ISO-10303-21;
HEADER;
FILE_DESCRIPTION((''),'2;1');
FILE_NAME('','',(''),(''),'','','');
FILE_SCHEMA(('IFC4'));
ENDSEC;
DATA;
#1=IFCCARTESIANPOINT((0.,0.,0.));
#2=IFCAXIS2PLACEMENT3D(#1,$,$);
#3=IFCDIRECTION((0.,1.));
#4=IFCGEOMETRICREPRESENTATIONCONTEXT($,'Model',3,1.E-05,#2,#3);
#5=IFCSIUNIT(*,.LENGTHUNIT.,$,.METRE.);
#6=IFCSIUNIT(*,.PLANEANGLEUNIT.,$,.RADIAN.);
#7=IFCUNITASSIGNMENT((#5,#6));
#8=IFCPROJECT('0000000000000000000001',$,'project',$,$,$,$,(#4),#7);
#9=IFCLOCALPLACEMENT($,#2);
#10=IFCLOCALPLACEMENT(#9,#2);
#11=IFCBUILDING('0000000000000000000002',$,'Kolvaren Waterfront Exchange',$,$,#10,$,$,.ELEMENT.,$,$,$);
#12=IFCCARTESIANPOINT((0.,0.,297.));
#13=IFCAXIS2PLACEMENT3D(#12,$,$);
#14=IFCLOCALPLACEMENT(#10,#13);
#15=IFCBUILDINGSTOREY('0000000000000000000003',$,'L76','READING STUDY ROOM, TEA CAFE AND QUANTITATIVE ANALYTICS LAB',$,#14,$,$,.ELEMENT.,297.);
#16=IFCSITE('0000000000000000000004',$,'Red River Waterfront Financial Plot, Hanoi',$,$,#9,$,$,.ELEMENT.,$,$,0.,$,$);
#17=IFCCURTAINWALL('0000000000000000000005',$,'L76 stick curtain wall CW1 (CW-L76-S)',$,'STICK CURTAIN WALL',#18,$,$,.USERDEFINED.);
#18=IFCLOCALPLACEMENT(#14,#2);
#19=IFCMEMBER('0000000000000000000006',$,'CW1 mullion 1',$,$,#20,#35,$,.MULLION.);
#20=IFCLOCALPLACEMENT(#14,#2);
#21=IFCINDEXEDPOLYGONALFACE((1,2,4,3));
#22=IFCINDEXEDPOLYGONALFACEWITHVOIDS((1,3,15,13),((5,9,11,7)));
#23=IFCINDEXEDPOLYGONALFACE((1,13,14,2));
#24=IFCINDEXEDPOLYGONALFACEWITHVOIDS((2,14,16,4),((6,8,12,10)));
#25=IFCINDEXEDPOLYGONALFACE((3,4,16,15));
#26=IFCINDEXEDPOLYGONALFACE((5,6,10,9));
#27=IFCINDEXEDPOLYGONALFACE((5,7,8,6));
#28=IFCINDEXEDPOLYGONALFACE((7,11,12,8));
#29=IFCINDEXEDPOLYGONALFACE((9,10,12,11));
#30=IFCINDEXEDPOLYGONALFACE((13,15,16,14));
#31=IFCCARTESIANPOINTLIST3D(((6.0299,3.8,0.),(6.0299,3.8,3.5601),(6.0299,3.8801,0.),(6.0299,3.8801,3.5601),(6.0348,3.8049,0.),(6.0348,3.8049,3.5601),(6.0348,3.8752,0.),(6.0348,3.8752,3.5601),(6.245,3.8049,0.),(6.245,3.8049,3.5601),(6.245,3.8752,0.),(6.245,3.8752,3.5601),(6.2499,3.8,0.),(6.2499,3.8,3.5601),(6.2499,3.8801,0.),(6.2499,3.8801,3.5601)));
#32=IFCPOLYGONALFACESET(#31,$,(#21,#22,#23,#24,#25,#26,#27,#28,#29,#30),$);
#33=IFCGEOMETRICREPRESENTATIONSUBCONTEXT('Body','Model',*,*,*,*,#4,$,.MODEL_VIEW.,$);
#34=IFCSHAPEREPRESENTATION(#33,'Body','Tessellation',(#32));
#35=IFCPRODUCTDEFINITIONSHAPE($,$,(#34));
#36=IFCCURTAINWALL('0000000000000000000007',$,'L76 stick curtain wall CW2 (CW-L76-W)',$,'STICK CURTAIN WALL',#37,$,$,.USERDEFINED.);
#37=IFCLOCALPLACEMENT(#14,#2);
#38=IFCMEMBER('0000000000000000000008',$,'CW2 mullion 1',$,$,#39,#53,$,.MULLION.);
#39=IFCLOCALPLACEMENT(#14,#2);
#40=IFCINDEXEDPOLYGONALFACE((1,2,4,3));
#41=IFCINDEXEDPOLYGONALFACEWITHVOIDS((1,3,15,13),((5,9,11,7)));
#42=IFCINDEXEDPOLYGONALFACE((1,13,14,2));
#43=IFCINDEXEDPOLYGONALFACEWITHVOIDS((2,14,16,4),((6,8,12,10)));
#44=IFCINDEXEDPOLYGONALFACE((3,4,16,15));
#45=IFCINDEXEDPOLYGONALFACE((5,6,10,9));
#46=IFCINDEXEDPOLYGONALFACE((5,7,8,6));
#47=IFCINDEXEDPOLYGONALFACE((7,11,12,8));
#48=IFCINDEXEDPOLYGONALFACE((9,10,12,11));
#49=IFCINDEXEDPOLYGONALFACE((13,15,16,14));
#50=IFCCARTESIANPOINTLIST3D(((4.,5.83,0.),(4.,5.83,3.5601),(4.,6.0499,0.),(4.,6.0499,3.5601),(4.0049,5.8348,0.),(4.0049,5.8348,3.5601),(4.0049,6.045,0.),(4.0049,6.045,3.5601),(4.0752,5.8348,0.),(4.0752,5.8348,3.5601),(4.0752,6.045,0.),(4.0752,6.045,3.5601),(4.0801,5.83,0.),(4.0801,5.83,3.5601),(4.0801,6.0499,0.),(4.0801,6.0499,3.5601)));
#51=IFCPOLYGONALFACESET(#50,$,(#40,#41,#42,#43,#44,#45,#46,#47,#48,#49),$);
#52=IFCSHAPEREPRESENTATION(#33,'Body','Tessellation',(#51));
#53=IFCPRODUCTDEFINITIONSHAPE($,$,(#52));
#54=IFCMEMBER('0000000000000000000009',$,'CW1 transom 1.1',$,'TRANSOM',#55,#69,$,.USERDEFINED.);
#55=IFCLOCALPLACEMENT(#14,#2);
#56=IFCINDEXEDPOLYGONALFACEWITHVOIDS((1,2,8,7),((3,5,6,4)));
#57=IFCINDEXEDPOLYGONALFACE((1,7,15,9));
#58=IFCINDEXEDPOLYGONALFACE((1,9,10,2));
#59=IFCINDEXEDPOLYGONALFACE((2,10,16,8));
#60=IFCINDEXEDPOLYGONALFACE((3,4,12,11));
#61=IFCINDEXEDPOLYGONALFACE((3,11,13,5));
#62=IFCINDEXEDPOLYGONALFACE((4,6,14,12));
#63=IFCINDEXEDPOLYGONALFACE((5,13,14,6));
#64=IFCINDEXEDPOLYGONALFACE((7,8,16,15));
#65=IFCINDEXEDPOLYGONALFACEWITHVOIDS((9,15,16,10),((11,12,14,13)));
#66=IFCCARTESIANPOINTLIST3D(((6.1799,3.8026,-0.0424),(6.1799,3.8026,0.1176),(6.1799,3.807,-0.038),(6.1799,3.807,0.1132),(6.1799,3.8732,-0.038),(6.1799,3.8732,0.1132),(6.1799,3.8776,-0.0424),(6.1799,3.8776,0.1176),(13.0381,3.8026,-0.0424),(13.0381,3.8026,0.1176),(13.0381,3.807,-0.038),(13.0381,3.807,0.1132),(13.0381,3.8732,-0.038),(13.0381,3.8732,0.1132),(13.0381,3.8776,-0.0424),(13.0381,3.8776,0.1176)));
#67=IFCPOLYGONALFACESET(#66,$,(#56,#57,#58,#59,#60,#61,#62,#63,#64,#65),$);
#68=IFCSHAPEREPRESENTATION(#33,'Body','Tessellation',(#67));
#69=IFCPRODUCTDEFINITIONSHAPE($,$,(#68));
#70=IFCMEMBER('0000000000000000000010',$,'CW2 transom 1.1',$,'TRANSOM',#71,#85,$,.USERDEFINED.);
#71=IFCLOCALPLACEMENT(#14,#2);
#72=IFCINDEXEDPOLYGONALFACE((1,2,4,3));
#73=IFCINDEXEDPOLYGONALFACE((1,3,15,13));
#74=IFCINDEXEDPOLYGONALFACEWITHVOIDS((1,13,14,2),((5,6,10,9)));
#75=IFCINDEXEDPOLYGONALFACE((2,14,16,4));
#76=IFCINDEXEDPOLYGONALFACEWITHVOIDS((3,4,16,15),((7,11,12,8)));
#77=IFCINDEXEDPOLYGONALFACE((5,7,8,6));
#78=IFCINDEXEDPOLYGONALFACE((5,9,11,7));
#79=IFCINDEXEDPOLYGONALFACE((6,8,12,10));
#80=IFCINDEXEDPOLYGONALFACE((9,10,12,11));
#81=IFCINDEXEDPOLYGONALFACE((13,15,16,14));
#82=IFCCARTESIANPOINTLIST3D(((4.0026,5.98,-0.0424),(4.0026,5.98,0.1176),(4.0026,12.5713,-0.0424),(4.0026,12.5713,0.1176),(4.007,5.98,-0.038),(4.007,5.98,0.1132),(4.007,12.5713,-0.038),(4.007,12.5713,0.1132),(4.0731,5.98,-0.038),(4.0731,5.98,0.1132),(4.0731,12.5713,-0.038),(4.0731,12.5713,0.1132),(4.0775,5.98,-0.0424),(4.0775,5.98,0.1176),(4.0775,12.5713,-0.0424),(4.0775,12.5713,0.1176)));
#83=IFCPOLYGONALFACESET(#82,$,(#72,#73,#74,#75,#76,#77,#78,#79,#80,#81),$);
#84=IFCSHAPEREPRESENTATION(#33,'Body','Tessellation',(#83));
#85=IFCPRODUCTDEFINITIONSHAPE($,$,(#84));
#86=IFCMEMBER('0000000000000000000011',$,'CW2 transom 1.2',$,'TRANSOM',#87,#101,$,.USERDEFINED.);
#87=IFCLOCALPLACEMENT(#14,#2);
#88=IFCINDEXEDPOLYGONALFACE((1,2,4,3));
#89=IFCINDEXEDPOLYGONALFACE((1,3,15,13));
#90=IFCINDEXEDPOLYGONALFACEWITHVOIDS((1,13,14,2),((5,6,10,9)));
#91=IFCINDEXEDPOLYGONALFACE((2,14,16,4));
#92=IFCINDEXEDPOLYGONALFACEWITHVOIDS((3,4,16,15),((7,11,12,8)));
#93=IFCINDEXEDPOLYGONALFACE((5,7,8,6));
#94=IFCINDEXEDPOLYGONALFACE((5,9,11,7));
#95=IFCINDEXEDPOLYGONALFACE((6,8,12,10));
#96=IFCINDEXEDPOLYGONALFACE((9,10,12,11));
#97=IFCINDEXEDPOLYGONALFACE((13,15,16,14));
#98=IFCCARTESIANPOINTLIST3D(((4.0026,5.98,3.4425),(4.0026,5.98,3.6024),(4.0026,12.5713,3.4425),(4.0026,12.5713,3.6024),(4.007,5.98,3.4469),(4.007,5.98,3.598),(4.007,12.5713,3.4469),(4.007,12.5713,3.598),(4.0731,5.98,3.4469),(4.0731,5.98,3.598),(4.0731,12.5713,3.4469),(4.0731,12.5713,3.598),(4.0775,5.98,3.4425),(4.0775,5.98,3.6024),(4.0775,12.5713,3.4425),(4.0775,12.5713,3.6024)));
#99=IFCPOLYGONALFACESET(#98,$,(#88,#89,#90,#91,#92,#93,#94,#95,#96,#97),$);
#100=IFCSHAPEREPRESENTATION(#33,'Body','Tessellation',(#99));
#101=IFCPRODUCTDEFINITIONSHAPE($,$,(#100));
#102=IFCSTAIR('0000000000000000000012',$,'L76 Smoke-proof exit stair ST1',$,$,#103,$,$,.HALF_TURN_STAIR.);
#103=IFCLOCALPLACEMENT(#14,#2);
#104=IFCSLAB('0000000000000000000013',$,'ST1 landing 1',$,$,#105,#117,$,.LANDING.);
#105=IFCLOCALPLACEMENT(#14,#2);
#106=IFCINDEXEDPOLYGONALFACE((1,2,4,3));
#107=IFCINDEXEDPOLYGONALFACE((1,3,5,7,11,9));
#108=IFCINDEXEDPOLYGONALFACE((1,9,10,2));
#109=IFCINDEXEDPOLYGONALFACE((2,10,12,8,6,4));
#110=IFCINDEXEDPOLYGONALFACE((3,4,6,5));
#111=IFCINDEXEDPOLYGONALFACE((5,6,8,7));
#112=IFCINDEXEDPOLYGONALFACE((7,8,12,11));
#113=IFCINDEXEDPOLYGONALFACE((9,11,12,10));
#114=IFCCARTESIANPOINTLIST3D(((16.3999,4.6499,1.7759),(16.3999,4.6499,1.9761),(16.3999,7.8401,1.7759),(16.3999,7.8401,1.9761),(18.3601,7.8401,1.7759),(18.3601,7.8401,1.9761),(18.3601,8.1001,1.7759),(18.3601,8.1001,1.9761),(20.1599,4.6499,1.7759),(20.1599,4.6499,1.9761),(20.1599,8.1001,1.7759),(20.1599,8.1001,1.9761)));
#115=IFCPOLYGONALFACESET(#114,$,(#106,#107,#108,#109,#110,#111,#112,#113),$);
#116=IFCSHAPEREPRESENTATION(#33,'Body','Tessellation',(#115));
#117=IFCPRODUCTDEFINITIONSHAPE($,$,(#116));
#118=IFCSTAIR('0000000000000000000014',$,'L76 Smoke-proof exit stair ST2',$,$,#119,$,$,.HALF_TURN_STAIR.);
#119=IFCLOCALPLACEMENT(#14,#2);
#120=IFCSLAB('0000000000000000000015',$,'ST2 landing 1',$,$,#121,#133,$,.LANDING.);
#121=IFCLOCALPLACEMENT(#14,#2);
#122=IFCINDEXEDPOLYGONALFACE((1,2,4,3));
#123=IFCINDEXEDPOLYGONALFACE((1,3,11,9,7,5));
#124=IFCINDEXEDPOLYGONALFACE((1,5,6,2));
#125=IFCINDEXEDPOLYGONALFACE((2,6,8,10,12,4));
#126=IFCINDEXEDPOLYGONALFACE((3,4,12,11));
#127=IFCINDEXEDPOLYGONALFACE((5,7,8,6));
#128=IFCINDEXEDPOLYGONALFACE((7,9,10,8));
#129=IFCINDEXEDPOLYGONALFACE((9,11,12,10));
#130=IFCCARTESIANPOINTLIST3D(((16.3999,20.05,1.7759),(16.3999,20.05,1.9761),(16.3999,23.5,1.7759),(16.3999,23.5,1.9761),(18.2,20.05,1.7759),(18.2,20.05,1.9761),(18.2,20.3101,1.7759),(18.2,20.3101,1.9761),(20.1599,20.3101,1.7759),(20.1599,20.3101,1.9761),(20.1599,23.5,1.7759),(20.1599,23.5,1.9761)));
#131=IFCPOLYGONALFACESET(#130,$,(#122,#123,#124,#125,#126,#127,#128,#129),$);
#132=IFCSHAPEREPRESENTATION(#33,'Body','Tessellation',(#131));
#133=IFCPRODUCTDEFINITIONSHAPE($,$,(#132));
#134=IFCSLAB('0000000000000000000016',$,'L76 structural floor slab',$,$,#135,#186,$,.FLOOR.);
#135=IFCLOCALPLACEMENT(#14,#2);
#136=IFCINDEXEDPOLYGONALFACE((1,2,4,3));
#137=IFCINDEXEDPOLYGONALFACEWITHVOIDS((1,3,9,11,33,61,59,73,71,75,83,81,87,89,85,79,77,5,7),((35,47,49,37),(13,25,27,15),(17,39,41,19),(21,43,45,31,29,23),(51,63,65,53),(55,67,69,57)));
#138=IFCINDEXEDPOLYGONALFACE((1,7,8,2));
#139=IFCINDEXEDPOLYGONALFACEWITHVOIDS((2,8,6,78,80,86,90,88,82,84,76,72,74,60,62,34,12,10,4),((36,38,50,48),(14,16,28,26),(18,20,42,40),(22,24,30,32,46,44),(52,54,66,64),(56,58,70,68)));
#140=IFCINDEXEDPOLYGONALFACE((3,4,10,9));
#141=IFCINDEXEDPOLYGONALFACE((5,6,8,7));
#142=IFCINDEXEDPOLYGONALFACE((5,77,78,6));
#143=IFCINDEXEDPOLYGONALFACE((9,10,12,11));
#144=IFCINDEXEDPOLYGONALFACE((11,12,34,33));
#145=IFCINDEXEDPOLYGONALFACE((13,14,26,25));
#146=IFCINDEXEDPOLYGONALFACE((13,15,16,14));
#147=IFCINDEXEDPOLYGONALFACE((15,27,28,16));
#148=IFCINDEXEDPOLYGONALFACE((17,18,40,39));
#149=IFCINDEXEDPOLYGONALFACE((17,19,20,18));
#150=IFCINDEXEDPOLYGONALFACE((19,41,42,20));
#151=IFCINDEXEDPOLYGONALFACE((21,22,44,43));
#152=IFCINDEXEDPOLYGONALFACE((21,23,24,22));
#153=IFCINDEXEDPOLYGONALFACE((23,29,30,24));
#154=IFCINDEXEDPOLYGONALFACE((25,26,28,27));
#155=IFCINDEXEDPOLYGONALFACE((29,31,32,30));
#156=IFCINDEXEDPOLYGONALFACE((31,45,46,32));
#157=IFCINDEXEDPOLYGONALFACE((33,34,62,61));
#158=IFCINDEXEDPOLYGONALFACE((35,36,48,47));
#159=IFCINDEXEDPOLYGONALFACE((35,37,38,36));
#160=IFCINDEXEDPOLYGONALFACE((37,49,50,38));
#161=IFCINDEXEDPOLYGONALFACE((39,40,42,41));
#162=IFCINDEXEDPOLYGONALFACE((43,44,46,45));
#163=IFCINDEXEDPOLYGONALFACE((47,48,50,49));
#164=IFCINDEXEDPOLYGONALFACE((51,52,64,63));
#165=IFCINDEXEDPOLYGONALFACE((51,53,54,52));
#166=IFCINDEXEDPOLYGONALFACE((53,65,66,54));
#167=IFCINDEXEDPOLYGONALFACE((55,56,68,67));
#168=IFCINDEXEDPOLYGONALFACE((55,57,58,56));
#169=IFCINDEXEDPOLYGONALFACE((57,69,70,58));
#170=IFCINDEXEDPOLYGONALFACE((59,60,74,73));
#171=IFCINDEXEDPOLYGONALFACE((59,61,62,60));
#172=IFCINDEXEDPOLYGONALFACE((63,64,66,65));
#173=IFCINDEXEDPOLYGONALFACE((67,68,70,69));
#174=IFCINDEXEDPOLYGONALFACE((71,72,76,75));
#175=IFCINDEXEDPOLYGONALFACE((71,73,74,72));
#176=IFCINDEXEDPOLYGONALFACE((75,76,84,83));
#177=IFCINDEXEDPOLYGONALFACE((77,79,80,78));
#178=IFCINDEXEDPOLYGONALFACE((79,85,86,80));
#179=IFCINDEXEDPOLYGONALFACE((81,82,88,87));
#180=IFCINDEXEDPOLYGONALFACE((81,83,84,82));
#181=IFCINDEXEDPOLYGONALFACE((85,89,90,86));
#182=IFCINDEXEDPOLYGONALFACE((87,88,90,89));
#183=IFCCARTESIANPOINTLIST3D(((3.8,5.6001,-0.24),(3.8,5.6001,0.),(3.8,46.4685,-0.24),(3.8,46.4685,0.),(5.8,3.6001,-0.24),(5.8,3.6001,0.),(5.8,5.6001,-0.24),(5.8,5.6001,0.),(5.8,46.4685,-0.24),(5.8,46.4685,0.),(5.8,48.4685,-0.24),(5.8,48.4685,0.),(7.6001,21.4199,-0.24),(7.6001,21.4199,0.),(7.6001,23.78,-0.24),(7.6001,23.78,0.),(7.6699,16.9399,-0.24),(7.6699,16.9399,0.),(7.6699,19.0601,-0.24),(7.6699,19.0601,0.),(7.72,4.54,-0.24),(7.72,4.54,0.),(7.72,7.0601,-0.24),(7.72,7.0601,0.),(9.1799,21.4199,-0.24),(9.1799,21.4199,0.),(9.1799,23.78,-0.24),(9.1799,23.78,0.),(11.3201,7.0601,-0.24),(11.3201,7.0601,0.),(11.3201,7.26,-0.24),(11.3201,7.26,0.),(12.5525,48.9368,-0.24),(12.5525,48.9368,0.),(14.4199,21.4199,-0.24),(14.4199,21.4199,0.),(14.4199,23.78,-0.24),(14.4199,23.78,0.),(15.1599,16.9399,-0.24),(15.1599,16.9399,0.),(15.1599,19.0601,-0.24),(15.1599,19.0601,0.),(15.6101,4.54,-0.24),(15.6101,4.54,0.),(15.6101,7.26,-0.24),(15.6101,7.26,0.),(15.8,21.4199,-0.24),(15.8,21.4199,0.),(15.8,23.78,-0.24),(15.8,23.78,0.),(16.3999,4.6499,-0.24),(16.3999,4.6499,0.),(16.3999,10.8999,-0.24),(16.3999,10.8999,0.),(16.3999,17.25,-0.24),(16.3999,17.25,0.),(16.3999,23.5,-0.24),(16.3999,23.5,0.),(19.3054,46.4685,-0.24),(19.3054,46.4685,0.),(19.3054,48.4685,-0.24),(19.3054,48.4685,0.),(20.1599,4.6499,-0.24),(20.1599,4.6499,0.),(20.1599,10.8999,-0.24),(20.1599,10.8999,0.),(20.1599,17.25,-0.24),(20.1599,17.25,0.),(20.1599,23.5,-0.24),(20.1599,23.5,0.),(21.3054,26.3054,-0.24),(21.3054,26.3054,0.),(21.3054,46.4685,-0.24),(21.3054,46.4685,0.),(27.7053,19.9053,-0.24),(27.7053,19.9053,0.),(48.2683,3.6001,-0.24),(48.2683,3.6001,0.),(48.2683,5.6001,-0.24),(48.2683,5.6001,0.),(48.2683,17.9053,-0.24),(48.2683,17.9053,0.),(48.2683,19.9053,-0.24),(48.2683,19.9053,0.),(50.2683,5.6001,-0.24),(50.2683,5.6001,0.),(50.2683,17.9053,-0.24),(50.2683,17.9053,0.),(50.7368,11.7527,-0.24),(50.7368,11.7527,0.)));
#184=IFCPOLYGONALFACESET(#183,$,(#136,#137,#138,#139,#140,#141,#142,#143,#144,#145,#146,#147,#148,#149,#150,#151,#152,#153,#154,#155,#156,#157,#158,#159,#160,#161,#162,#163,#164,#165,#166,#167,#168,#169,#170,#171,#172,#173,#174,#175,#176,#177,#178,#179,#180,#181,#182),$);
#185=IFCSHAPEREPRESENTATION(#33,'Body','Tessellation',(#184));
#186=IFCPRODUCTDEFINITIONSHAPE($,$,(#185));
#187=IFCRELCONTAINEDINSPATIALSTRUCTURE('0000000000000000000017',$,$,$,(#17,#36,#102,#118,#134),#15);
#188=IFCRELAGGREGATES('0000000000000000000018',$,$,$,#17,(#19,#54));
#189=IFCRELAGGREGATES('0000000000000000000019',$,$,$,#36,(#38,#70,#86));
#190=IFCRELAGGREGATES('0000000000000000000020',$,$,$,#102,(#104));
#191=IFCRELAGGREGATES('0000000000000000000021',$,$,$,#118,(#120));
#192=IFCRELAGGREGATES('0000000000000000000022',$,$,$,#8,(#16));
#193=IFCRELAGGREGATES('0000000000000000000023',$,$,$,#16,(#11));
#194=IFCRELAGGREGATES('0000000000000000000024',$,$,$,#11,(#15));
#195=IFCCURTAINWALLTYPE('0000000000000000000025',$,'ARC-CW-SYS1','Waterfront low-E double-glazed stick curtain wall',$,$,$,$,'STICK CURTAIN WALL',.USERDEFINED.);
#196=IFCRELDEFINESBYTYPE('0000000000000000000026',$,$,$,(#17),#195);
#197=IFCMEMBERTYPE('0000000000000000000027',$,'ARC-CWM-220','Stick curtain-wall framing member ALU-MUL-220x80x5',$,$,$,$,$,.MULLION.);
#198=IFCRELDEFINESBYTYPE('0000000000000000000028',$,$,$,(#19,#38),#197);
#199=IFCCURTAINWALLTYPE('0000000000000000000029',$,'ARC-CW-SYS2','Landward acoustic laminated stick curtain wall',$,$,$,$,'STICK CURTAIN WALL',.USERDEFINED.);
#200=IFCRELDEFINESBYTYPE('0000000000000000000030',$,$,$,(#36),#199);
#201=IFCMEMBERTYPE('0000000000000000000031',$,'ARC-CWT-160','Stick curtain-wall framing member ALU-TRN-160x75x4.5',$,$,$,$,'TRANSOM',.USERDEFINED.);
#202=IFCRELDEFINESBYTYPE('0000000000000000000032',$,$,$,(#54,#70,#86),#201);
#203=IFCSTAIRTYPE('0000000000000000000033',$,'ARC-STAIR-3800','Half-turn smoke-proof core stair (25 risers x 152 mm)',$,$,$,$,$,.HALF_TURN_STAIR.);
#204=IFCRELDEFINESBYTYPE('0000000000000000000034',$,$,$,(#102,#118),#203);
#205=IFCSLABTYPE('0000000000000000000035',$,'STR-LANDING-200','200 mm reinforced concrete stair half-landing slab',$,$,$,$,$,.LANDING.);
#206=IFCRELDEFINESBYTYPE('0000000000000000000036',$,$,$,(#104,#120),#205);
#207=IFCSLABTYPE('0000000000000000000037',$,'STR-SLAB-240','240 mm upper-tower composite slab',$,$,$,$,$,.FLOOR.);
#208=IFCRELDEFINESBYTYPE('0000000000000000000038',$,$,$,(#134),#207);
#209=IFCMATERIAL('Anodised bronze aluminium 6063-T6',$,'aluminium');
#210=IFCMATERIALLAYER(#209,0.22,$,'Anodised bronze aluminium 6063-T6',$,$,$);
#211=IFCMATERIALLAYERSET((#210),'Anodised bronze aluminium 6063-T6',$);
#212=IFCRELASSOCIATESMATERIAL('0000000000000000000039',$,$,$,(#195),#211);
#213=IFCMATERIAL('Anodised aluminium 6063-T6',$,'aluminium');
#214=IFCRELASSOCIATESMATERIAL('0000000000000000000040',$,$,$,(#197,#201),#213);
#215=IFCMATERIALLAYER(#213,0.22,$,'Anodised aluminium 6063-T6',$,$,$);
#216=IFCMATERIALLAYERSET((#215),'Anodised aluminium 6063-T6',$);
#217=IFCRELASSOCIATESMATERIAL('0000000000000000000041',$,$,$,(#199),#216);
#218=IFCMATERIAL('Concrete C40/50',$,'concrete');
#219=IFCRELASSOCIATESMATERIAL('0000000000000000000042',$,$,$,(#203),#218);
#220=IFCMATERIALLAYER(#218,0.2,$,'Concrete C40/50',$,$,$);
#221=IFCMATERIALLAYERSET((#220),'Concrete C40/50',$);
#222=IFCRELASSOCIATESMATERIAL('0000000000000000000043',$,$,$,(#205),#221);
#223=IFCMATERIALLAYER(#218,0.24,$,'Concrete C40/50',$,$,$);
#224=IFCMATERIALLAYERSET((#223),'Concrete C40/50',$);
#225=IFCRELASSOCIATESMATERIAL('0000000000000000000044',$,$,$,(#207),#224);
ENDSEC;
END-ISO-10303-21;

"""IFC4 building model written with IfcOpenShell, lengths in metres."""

from ifc_helpers import new_model, si_unit, direction, frame, origin, origin_with_axes, origin_2d, place, context, subcontext, project, spatial, polyline, hollow_rectangle, outline, extrude, source, transform, mapped, material, layer, layer_set, material_profile, profile_set, type_object, element, aggregate, save


model = new_model("IFC4")

# Units and contexts
model_context = context("Model", 3, precision=1e-05, world=origin(), true_north=direction((0.0, 1.0)))
body_context = subcontext(model_context, "Body", "Model", "MODEL_VIEW")
ifc_project = project(units=[si_unit("LENGTHUNIT", "METRE"), si_unit("PLANEANGLEUNIT", "RADIAN")], contexts=[model_context])

# Site, building, storey
site_placement = place(None, origin())
site = spatial("IfcSite", under=ifc_project, at=site_placement, Name="Red River Waterfront Financial Plot, Hanoi", CompositionType="ELEMENT", RefElevation=0.0)
building_placement = place(site_placement, origin())
building = spatial("IfcBuilding", under=site, at=building_placement, Name="Kolvaren Waterfront Exchange", CompositionType="ELEMENT")
storey_placement = place(building_placement, frame((0.0, 0.0, 297.0)))
storey = spatial("IfcBuildingStorey", under=building, at=storey_placement, Name="L76", Description="READING STUDY ROOM, TEA CAFE AND QUANTITATIVE ANALYTICS LAB", CompositionType="ELEMENT", Elevation=297.0)

# Curtain walls, members
ifc_material_1 = material(Name="Anodised bronze aluminium 6063-T6", Category="aluminium")
ifc_layer_1 = layer(ifc_material_1, 0.22, Name="Anodised bronze aluminium 6063-T6")
ifc_layer_set_1 = layer_set([ifc_layer_1], Name="Anodised bronze aluminium 6063-T6")
curtain_wall_type_1 = type_object("IfcCurtainWallType", Name="ARC-CW-SYS1", Description="Waterfront low-E double-glazed stick curtain wall", ElementType="STICK CURTAIN WALL", PredefinedType="USERDEFINED", material=ifc_layer_set_1)
curtain_wall_1_placement = place(storey_placement, origin())
curtain_wall_1 = element("IfcCurtainWall", 1, at=curtain_wall_1_placement, inside=storey, type_object=curtain_wall_type_1, Name="L76 stick curtain wall CW1 (CW-L76-S)", ObjectType="STICK CURTAIN WALL", PredefinedType="USERDEFINED")
ifc_material_2 = material(Name="Anodised aluminium 6063-T6", Category="aluminium")
ifc_material_profile_1 = material_profile(ifc_material_2, hollow_rectangle(XDim=0.0801, YDim=0.22, WallThickness=0.0049, at=origin_2d()), Name="ALU-MUL-220x80x5")
ifc_profile_set_1 = profile_set([ifc_material_profile_1], Name="Anodised aluminium 6063-T6")
member_type_1 = type_object("IfcMemberType", Name="ARC-CWM-220", Description="Stick curtain-wall framing member ALU-MUL-220x80x5", PredefinedType="MULLION", material=ifc_profile_set_1)
shared_shape_1 = source(origin_with_axes(), body_context, "Body", "SweptSolid", [
    extrude(hollow_rectangle(XDim=0.0801, YDim=0.22, WallThickness=0.0049, at=origin_2d()), origin(), (0.0, 0.0, 1.0), 3.5601),
])
member_1_placement = place(storey_placement, frame((6.1399, 3.8401, 0.0), z_axis=(0.0, 0.0, 1.0), x_axis=(0.0, 1.0, 0.0)))
member_1 = element("IfcMember", 2, at=member_1_placement, type_object=member_type_1, Name="CW1 mullion 1", PredefinedType="MULLION", context=body_context, shape_type="MappedRepresentation", body=[
    mapped(shared_shape_1, transform((0.0, 0.0, 0.0), x_axis=(1.0, 0.0, 0.0), y_axis=(0.0, 1.0, 0.0), z_axis=(0.0, 0.0, 1.0), scale=1.0)),
])
ifc_layer_2 = layer(ifc_material_2, 0.22, Name="Anodised aluminium 6063-T6")
ifc_layer_set_2 = layer_set([ifc_layer_2], Name="Anodised aluminium 6063-T6")
curtain_wall_type_2 = type_object("IfcCurtainWallType", Name="ARC-CW-SYS2", Description="Landward acoustic laminated stick curtain wall", ElementType="STICK CURTAIN WALL", PredefinedType="USERDEFINED", material=ifc_layer_set_2)
curtain_wall_2_placement = place(storey_placement, origin())
curtain_wall_2 = element("IfcCurtainWall", 3, at=curtain_wall_2_placement, inside=storey, type_object=curtain_wall_type_2, Name="L76 stick curtain wall CW2 (CW-L76-W)", ObjectType="STICK CURTAIN WALL", PredefinedType="USERDEFINED")
member_2_placement = place(storey_placement, frame((4.04, 5.9399, 0.0), z_axis=(0.0, 0.0, 1.0), x_axis=(-1.0, 0.0, 0.0)))
member_2 = element("IfcMember", 4, at=member_2_placement, type_object=member_type_1, Name="CW2 mullion 1", PredefinedType="MULLION", context=body_context, shape_type="MappedRepresentation", body=[
    mapped(shared_shape_1, transform((0.0, 0.0, 0.0), x_axis=(1.0, 0.0, 0.0), y_axis=(0.0, 1.0, 0.0), z_axis=(0.0, 0.0, 1.0), scale=1.0)),
])

# Members
ifc_material_profile_2 = material_profile(ifc_material_2, hollow_rectangle(XDim=0.075, YDim=0.1599, WallThickness=0.0044, at=origin_2d()), Name="ALU-TRN-160x75x4.5")
ifc_profile_set_2 = profile_set([ifc_material_profile_2], Name="Anodised aluminium 6063-T6")
member_type_2 = type_object("IfcMemberType", Name="ARC-CWT-160", Description="Stick curtain-wall framing member ALU-TRN-160x75x4.5", ElementType="TRANSOM", PredefinedType="USERDEFINED", material=ifc_profile_set_2)
shared_shape_2 = source(origin_with_axes(), body_context, "Body", "SweptSolid", [
    extrude(hollow_rectangle(XDim=0.075, YDim=0.1599, WallThickness=0.0044, at=origin_2d()), origin(), (0.0, 0.0, 1.0), 6.8582),
])
member_3_placement = place(storey_placement, frame((6.1799, 3.8401, 0.0376), z_axis=(1.0, 0.0, 0.0), x_axis=(0.0, 1.0, 0.0)))
member_3 = element("IfcMember", 5, at=member_3_placement, type_object=member_type_2, Name="CW1 transom 1.1", ObjectType="TRANSOM", PredefinedType="USERDEFINED", context=body_context, shape_type="MappedRepresentation", body=[
    mapped(shared_shape_2, transform((0.0, 0.0, 0.0), x_axis=(1.0, 0.0, 0.0), y_axis=(0.0, 1.0, 0.0), z_axis=(0.0, 0.0, 1.0), scale=1.0)),
])
aggregate(curtain_wall_1, [member_1, member_3])
shared_shape_3 = source(origin_with_axes(), body_context, "Body", "SweptSolid", [
    extrude(hollow_rectangle(XDim=0.075, YDim=0.1599, WallThickness=0.0044, at=origin_2d()), origin(), (0.0, 0.0, 1.0), 6.5913),
])
member_4_placement = place(storey_placement, frame((4.04, 5.98, 0.0376), z_axis=(0.0, 1.0, 0.0), x_axis=(-1.0, 0.0, 0.0)))
member_4 = element("IfcMember", 6, at=member_4_placement, type_object=member_type_2, Name="CW2 transom 1.1", ObjectType="TRANSOM", PredefinedType="USERDEFINED", context=body_context, shape_type="MappedRepresentation", body=[
    mapped(shared_shape_3, transform((0.0, 0.0, 0.0), x_axis=(1.0, 0.0, 0.0), y_axis=(0.0, 1.0, 0.0), z_axis=(0.0, 0.0, 1.0), scale=1.0)),
])
member_5_placement = place(storey_placement, frame((4.04, 5.98, 3.5225), z_axis=(0.0, 1.0, 0.0), x_axis=(-1.0, 0.0, 0.0)))
member_5 = element("IfcMember", 7, at=member_5_placement, type_object=member_type_2, Name="CW2 transom 1.2", ObjectType="TRANSOM", PredefinedType="USERDEFINED", context=body_context, shape_type="MappedRepresentation", body=[
    mapped(shared_shape_3, transform((0.0, 0.0, 0.0), x_axis=(1.0, 0.0, 0.0), y_axis=(0.0, 1.0, 0.0), z_axis=(0.0, 0.0, 1.0), scale=1.0)),
])
aggregate(curtain_wall_2, [member_2, member_4, member_5])

# Stairs, slabs
ifc_material_3 = material(Name="Concrete C40/50", Category="concrete")
stair_type = type_object("IfcStairType", Name="ARC-STAIR-3800", Description="Half-turn smoke-proof core stair (25 risers x 152 mm)", PredefinedType="HALF_TURN_STAIR", material=ifc_material_3)
stair_1_placement = place(storey_placement, origin())
stair_1 = element("IfcStair", 8, at=stair_1_placement, inside=storey, type_object=stair_type, Name="L76 Smoke-proof exit stair ST1", PredefinedType="HALF_TURN_STAIR")
ifc_layer_3 = layer(ifc_material_3, 0.2, Name="Concrete C40/50")
ifc_layer_set_3 = layer_set([ifc_layer_3], Name="Concrete C40/50")
slab_type_1 = type_object("IfcSlabType", Name="STR-LANDING-200", Description="200 mm reinforced concrete stair half-landing slab", PredefinedType="LANDING", material=ifc_layer_set_3)
slab_1_placement = place(storey_placement, frame((0.0, 0.0, 1.7759)))
slab_1 = element("IfcSlab", 9, at=slab_1_placement, type_object=slab_type_1, Name="ST1 landing 1", PredefinedType="LANDING", context=body_context, shape_type="SweptSolid", body=[
    extrude(outline(polyline([(16.3999, 7.8401), (16.3999, 4.6499), (20.1599, 4.6499), (20.1599, 8.1001), (18.3601, 8.1001), (18.3601, 7.8401), (16.3999, 7.8401)])), origin(), (0.0, 0.0, 1.0), 0.2002),
])
aggregate(stair_1, [slab_1])
stair_2_placement = place(storey_placement, origin())
stair_2 = element("IfcStair", 10, at=stair_2_placement, inside=storey, type_object=stair_type, Name="L76 Smoke-proof exit stair ST2", PredefinedType="HALF_TURN_STAIR")
slab_2_placement = place(storey_placement, frame((0.0, 0.0, 1.7759)))
slab_2 = element("IfcSlab", 11, at=slab_2_placement, type_object=slab_type_1, Name="ST2 landing 1", PredefinedType="LANDING", context=body_context, shape_type="SweptSolid", body=[
    extrude(outline(polyline([(20.1599, 20.3101), (20.1599, 23.5), (16.3999, 23.5), (16.3999, 20.05), (18.2, 20.05), (18.2, 20.3101), (20.1599, 20.3101)])), origin(), (0.0, 0.0, 1.0), 0.2002),
])
aggregate(stair_2, [slab_2])

# Slab
ifc_layer_4 = layer(ifc_material_3, 0.24, Name="Concrete C40/50")
ifc_layer_set_4 = layer_set([ifc_layer_4], Name="Concrete C40/50")
slab_type_2 = type_object("IfcSlabType", Name="STR-SLAB-240", Description="240 mm upper-tower composite slab", PredefinedType="FLOOR", material=ifc_layer_set_4)
slab_3_placement = place(storey_placement, frame((0.0, 0.0, -0.24)))
element("IfcSlab", 12, at=slab_3_placement, inside=storey, type_object=slab_type_2, Name="L76 structural floor slab", PredefinedType="FLOOR", context=body_context, shape_type="SweptSolid", body=[
    extrude(outline(polyline([(5.8, 3.6001), (48.2683, 3.6001), (48.2683, 5.6001), (50.2683, 5.6001), (50.7368, 11.7527), (50.2683, 17.9053), (48.2683, 17.9053), (48.2683, 19.9053), (27.7053, 19.9053), (21.3054, 26.3054), (21.3054, 46.4685), (19.3054, 46.4685), (19.3054, 48.4685), (12.5525, 48.9368), (5.8, 48.4685), (5.8, 46.4685), (3.8, 46.4685), (3.8, 5.6001), (5.8, 5.6001), (5.8, 3.6001)]), holes=[polyline([(11.3201, 7.26), (15.6101, 7.26), (15.6101, 4.54), (7.72, 4.54), (7.72, 7.0601), (11.3201, 7.0601), (11.3201, 7.26)]), polyline([(20.1599, 10.8999), (20.1599, 4.6499), (16.3999, 4.6499), (16.3999, 10.8999), (20.1599, 10.8999)]), polyline([(7.6699, 19.0601), (15.1599, 19.0601), (15.1599, 16.9399), (7.6699, 16.9399), (7.6699, 19.0601)]), polyline([(16.3999, 17.25), (16.3999, 23.5), (20.1599, 23.5), (20.1599, 17.25), (16.3999, 17.25)]), polyline([(7.6001, 23.78), (9.1799, 23.78), (9.1799, 21.4199), (7.6001, 21.4199), (7.6001, 23.78)]), polyline([(14.4199, 23.78), (15.8, 23.78), (15.8, 21.4199), (14.4199, 21.4199), (14.4199, 23.78)])]), origin(), (0.0, 0.0, 1.0), 0.24),
])

save(model, "model.ifc")
